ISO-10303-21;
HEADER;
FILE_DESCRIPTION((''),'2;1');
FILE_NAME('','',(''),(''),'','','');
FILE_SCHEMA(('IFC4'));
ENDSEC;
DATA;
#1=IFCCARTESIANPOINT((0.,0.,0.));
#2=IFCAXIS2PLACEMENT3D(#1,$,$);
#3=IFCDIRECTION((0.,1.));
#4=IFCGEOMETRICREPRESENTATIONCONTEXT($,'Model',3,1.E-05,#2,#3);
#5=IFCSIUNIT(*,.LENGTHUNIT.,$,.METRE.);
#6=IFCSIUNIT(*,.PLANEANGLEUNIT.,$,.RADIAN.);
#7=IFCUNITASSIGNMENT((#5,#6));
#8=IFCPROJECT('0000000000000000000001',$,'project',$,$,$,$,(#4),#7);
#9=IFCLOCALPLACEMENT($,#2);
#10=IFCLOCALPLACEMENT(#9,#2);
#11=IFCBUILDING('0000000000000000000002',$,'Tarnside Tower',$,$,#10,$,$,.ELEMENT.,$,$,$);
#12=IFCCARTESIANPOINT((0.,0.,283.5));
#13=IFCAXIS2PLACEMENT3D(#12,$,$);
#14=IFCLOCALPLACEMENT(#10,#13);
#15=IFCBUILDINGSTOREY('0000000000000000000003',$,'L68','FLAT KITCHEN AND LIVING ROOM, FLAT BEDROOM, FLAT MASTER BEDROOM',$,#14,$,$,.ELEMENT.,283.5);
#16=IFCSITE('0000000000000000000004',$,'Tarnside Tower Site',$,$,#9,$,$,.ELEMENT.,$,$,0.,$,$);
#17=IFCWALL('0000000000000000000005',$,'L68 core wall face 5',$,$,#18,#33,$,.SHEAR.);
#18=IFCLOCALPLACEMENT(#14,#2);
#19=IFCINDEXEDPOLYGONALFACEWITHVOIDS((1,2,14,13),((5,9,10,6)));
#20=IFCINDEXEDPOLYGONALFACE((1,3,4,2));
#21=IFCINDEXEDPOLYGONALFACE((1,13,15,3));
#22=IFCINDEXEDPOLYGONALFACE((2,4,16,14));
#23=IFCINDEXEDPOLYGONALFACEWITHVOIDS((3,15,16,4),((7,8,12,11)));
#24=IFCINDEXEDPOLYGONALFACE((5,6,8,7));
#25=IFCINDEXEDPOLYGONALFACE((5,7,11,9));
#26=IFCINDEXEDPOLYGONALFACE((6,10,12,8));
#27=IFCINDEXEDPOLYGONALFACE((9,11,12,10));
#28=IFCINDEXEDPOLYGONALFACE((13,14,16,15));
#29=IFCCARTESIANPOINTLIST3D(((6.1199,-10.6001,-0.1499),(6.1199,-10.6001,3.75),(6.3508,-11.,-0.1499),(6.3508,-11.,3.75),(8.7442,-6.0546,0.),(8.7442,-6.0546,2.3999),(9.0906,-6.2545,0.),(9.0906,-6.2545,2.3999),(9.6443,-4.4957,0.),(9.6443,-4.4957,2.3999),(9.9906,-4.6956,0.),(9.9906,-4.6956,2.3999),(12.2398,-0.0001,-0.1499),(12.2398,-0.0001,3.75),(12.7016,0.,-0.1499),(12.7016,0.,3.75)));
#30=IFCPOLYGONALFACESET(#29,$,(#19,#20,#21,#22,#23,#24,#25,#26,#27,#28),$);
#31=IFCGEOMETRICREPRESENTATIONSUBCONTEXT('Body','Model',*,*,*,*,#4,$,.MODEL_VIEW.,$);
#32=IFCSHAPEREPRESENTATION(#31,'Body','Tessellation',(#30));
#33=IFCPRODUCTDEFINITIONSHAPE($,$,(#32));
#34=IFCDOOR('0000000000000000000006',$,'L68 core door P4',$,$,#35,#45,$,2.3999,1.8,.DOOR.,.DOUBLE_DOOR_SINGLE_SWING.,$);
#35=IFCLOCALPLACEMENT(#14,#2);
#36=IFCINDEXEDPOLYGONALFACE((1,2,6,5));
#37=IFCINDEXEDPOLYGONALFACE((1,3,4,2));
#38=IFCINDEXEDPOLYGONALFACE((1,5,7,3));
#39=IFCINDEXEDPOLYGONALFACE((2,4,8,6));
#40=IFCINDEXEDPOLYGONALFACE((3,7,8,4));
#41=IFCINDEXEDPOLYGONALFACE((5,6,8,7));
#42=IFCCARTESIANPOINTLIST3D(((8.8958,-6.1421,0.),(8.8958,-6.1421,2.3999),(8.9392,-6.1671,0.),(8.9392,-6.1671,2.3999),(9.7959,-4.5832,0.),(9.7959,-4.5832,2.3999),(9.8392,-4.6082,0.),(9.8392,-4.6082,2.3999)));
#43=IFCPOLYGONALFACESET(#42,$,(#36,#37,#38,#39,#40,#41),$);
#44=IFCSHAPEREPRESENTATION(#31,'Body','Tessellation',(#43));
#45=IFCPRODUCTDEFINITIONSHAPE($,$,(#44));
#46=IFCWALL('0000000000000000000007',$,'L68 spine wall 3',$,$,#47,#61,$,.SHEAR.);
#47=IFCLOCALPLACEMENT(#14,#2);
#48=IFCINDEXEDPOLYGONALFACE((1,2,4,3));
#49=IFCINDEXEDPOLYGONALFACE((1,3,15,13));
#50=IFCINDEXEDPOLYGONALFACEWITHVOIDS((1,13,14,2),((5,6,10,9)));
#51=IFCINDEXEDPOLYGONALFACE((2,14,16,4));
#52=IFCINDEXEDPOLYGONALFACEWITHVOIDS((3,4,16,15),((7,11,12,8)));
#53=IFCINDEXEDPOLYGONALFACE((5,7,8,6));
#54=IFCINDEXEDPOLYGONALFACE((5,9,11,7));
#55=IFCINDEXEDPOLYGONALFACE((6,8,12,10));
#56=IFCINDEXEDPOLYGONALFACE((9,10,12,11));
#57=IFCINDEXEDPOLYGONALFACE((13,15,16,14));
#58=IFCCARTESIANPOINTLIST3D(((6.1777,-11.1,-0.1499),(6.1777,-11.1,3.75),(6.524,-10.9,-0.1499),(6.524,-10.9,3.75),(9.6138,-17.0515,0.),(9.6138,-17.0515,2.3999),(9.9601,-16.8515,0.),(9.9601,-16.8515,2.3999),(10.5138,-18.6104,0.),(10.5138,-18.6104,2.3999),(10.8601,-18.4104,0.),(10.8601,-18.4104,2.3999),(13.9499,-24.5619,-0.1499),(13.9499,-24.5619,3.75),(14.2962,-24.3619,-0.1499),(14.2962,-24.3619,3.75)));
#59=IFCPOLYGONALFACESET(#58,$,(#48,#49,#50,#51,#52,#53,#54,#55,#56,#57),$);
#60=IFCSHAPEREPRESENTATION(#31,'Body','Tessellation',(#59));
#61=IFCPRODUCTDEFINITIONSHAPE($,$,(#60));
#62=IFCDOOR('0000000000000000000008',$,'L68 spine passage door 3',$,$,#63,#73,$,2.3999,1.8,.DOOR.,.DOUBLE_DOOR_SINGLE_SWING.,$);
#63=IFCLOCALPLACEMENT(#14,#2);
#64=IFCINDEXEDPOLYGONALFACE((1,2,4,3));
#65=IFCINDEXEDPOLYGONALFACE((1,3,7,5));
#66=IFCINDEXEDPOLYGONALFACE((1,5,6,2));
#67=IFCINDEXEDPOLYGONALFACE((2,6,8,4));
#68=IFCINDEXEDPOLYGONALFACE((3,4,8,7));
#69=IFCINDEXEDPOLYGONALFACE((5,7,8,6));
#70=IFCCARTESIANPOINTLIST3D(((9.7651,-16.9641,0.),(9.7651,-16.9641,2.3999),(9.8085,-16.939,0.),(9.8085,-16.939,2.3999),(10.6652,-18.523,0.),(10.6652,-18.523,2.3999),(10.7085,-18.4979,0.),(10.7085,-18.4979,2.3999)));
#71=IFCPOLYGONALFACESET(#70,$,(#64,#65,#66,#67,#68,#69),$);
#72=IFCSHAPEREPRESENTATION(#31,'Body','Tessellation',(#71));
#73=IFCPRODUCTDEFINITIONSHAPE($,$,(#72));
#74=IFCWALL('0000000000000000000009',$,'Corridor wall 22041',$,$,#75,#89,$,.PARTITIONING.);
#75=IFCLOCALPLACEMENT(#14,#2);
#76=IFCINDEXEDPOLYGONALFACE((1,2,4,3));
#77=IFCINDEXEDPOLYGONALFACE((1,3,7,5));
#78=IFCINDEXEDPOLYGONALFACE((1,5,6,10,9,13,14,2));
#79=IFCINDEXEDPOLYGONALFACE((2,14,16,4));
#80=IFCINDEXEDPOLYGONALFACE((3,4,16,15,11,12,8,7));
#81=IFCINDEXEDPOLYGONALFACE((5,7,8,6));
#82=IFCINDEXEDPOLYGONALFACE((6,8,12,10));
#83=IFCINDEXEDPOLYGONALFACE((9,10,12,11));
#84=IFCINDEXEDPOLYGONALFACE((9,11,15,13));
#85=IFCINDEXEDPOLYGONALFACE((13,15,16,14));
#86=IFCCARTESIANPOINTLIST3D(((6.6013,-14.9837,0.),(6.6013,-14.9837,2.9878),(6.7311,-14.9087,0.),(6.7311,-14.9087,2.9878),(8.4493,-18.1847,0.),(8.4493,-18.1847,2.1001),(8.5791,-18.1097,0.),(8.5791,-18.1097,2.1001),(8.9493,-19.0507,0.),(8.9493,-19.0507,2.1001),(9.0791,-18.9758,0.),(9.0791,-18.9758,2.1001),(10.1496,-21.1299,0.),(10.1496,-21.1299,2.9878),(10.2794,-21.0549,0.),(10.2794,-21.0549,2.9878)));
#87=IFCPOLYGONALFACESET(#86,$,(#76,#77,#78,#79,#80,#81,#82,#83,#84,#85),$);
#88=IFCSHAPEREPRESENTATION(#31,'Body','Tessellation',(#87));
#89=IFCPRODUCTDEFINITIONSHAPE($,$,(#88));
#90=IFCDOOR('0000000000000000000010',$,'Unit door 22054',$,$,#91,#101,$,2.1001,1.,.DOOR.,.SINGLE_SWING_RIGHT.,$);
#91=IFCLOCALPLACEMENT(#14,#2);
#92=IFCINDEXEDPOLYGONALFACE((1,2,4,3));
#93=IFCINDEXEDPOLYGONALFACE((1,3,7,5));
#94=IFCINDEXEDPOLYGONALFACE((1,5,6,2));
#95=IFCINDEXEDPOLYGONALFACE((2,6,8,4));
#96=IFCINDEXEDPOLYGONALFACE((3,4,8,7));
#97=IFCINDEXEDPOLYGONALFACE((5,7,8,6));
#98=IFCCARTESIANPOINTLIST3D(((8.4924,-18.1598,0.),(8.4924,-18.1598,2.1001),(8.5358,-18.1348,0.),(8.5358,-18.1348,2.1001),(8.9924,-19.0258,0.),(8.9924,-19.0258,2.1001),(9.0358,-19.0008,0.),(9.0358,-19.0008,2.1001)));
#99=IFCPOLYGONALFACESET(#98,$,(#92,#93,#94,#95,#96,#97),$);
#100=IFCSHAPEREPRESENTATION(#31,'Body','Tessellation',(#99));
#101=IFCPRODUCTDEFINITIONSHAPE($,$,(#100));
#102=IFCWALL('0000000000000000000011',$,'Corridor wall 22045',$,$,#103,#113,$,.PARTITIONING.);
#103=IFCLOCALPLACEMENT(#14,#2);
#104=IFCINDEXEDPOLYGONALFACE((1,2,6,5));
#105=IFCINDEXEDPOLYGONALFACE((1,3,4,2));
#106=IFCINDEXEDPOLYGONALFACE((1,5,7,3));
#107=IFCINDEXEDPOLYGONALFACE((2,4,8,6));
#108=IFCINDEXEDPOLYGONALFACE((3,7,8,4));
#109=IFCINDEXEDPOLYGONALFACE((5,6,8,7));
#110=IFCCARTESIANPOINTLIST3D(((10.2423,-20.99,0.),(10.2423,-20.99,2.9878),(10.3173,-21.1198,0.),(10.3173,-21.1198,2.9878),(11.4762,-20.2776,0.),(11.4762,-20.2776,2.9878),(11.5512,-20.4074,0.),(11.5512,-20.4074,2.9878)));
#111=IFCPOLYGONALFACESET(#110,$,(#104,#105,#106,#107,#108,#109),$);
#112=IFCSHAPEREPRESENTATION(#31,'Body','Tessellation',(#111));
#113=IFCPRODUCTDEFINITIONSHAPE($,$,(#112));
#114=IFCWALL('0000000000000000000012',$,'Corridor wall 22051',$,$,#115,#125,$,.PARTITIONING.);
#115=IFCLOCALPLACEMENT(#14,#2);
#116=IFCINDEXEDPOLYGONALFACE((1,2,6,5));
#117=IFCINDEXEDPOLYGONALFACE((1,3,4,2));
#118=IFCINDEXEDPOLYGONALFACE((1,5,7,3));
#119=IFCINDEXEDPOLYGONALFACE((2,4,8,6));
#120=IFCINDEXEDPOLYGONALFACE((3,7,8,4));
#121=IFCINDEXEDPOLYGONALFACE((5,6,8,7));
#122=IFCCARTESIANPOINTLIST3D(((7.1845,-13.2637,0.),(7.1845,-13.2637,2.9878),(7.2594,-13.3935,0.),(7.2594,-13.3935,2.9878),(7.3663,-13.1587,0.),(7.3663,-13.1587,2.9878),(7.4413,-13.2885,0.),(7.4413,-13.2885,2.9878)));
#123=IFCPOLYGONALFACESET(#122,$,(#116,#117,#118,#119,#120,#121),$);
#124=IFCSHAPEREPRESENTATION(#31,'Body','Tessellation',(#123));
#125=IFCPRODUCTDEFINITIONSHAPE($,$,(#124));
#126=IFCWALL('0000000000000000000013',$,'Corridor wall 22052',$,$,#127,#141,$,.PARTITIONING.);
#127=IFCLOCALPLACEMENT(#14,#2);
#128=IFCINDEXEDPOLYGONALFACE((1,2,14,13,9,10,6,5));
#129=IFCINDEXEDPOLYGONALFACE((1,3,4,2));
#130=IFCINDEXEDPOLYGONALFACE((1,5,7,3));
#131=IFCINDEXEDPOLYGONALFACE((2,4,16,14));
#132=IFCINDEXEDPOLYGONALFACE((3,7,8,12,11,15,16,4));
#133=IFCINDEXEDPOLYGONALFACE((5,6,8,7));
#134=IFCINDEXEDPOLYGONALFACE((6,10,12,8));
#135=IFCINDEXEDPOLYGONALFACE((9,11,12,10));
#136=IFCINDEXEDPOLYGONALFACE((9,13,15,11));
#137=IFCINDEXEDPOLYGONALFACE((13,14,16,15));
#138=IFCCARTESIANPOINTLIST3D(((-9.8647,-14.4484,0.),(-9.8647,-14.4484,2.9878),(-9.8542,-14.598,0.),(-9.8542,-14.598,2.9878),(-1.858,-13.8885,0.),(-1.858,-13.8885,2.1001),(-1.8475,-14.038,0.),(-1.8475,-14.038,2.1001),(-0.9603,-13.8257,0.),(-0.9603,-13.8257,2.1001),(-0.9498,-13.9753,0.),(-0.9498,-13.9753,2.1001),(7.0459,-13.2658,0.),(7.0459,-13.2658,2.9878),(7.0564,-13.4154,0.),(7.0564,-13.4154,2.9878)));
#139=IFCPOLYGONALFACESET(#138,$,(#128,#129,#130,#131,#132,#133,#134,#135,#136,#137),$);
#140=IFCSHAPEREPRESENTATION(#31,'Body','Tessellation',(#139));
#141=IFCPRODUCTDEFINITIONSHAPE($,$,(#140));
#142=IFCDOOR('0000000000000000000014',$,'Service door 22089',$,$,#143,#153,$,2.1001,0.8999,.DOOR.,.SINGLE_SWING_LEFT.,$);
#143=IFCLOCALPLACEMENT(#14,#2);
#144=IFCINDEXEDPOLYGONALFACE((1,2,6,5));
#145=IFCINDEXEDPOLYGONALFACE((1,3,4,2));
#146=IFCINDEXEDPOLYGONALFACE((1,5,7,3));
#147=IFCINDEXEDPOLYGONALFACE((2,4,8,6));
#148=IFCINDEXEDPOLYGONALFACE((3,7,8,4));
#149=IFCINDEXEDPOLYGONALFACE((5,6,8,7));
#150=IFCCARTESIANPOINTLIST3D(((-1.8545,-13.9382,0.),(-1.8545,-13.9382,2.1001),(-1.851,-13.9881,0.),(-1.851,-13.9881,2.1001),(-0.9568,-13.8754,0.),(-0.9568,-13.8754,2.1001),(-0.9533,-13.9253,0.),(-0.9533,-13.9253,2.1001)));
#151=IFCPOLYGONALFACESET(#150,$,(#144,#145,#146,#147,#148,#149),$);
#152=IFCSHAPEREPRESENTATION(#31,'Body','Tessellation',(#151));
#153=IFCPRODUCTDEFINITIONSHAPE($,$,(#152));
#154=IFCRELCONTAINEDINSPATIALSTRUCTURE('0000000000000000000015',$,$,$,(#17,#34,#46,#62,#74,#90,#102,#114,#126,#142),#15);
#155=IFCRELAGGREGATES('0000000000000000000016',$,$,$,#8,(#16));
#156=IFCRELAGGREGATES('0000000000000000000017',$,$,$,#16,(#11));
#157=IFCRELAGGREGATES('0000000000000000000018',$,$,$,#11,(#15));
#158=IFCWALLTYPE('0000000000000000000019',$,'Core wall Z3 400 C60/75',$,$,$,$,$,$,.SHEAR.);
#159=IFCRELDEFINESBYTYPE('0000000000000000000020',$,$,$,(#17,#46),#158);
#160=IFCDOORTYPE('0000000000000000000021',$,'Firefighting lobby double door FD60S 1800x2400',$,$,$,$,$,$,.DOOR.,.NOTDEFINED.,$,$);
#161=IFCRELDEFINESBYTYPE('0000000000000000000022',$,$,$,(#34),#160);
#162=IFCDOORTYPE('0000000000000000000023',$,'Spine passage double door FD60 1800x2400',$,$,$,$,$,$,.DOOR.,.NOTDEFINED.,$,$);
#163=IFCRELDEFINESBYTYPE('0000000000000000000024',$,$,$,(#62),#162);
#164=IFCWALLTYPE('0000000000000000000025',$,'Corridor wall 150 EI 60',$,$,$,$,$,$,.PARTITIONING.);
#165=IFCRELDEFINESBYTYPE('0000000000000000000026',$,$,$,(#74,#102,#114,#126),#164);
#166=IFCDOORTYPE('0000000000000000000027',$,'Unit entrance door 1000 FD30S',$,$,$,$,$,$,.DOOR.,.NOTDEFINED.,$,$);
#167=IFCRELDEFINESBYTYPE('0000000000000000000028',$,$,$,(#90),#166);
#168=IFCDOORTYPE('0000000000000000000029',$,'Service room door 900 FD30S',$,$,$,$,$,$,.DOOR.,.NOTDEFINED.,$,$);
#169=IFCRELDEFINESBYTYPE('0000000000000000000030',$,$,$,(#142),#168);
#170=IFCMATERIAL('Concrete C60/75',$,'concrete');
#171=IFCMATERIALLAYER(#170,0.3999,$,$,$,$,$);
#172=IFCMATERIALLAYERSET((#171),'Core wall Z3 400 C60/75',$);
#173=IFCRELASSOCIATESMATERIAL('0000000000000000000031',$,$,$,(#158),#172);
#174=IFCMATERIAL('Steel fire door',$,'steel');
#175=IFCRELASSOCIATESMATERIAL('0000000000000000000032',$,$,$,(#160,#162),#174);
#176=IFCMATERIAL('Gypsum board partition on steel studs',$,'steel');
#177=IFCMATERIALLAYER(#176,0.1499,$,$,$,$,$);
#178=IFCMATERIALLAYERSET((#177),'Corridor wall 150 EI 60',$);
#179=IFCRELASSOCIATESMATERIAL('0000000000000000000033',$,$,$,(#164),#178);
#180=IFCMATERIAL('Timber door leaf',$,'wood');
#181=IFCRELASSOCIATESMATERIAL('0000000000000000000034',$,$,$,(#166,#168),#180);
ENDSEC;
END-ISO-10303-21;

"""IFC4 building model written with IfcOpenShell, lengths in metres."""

from ifc_helpers import new_model, si_unit, direction, frame, frame_2d, origin, place, context, subcontext, project, spatial, polyline, rectangle, outline, extrude, material, layer, layer_set, type_object, element, fill, save


model = new_model("IFC4")

# Units and contexts
model_context = context("Model", 3, precision=1e-05, world=origin(), true_north=direction((0.0, 1.0)))
body_context = subcontext(model_context, "Body", "Model", "MODEL_VIEW")
ifc_project = project(units=[si_unit("LENGTHUNIT", "METRE"), si_unit("PLANEANGLEUNIT", "RADIAN")], contexts=[model_context])

# Site, building, storey
site_placement = place(None, origin())
site = spatial("IfcSite", under=ifc_project, at=site_placement, Name="Tarnside Tower Site", CompositionType="ELEMENT", RefElevation=0.0)
building_placement = place(site_placement, origin())
building = spatial("IfcBuilding", under=site, at=building_placement, Name="Tarnside Tower", CompositionType="ELEMENT")
storey_placement = place(building_placement, frame((0.0, 0.0, 283.5)))
storey = spatial("IfcBuildingStorey", under=building, at=storey_placement, Name="L68", Description="FLAT KITCHEN AND LIVING ROOM, FLAT BEDROOM, FLAT MASTER BEDROOM", CompositionType="ELEMENT", Elevation=283.5)

# Walls, openings, doors
ifc_material_1 = material(Name="Concrete C60/75", Category="concrete")
ifc_layer_1 = layer(ifc_material_1, 0.3999)
ifc_layer_set_1 = layer_set([ifc_layer_1], Name="Core wall Z3 400 C60/75")
wall_type_1 = type_object("IfcWallType", Name="Core wall Z3 400 C60/75", PredefinedType="SHEAR", material=ifc_layer_set_1)
wall_1_placement = place(storey_placement, frame((6.2354, -10.8, -0.1499), z_axis=(0.0, 0.0, 1.0), x_axis=(0.499996, 0.866027, 0.0)))
wall_1 = element("IfcWall", 1, at=wall_1_placement, inside=storey, type_object=wall_type_1, Name="L68 core wall face 5", PredefinedType="SHEAR", context=body_context, shape_type="SweptSolid", body=[
    extrude(outline(polyline([(-0.1155, -0.2), (12.5862, -0.2), (12.3552, 0.2), (0.1155, 0.2), (-0.1155, -0.2)])), origin(), (0.0, 0.0, 1.0), 3.8999),
])
opening_1_placement = place(wall_1_placement, frame((5.3643, 0.0, 0.1499)))
opening_1 = element("IfcOpeningElement", 2, at=opening_1_placement, cuts=wall_1, PredefinedType="OPENING", context=body_context, shape_type="SweptSolid", body=[
    extrude(rectangle(XDim=1.8, YDim=2.3999, at=frame_2d((0.8999, 1.2))), frame((0.0, 0.21, 0.0), z_axis=(0.0, -1.0, 0.0), x_axis=(1.0, 0.0, 0.0)), (0.0, 0.0, 1.0), 0.4199),
])
ifc_material_2 = material(Name="Steel fire door", Category="steel")
door_type_1 = type_object("IfcDoorType", Name="Firefighting lobby double door FD60S 1800x2400", OperationType="NOTDEFINED", PredefinedType="DOOR", material=ifc_material_2)
door_1_placement = place(opening_1_placement, origin())
door_1 = element("IfcDoor", 3, at=door_1_placement, inside=storey, type_object=door_type_1, Name="L68 core door P4", OperationType="DOUBLE_DOOR_SINGLE_SWING", OverallHeight=2.3999, OverallWidth=1.8, PredefinedType="DOOR", context=body_context, shape_type="SweptSolid", body=[
    extrude(rectangle(XDim=1.8, YDim=2.3999, at=frame_2d((0.8999, 1.2))), frame((0.0, 0.0249, 0.0), z_axis=(0.0, -1.0, 0.0), x_axis=(1.0, 0.0, 0.0)), (0.0, 0.0, 1.0), 0.05),
])
fill(opening_1, door_1)
wall_2_placement = place(storey_placement, frame((6.3508, -11.0, -0.1499), z_axis=(0.0, 0.0, 1.0), x_axis=(0.499999, -0.866026, 0.0)))
wall_2 = element("IfcWall", 4, at=wall_2_placement, inside=storey, type_object=wall_type_1, Name="L68 spine wall 3", PredefinedType="SHEAR", context=body_context, shape_type="SweptSolid", body=[
    extrude(rectangle(XDim=15.5444, YDim=0.3999, at=frame_2d((7.7722, 0.0))), origin(), (0.0, 0.0, 1.0), 3.8999),
])
opening_2_placement = place(wall_2_placement, frame((6.8723, 0.0, 0.1499)))
opening_2 = element("IfcOpeningElement", 5, at=opening_2_placement, cuts=wall_2, PredefinedType="OPENING", context=body_context, shape_type="SweptSolid", body=[
    extrude(rectangle(XDim=1.8, YDim=2.3999, at=frame_2d((0.8999, 1.2))), frame((0.0, 0.21, 0.0), z_axis=(0.0, -1.0, 0.0), x_axis=(1.0, 0.0, 0.0)), (0.0, 0.0, 1.0), 0.4199),
])
door_type_2 = type_object("IfcDoorType", Name="Spine passage double door FD60 1800x2400", OperationType="NOTDEFINED", PredefinedType="DOOR", material=ifc_material_2)
door_2_placement = place(opening_2_placement, origin())
door_2 = element("IfcDoor", 6, at=door_2_placement, inside=storey, type_object=door_type_2, Name="L68 spine passage door 3", OperationType="DOUBLE_DOOR_SINGLE_SWING", OverallHeight=2.3999, OverallWidth=1.8, PredefinedType="DOOR", context=body_context, shape_type="SweptSolid", body=[
    extrude(rectangle(XDim=1.8, YDim=2.3999, at=frame_2d((0.8999, 1.2))), frame((0.0, 0.0249, 0.0), z_axis=(0.0, -1.0, 0.0), x_axis=(1.0, 0.0, 0.0)), (0.0, 0.0, 1.0), 0.05),
])
fill(opening_2, door_2)
ifc_material_3 = material(Name="Gypsum board partition on steel studs", Category="steel")
ifc_layer_2 = layer(ifc_material_3, 0.1499)
ifc_layer_set_2 = layer_set([ifc_layer_2], Name="Corridor wall 150 EI 60")
wall_type_2 = type_object("IfcWallType", Name="Corridor wall 150 EI 60", PredefinedType="PARTITIONING", material=ifc_layer_set_2)
wall_3_placement = place(storey_placement, frame((6.6663, -14.9463, 0.0), z_axis=(0.0, 0.0, 1.0), x_axis=(0.49998, -0.866037, 0.0)))
wall_3 = element("IfcWall", 7, at=wall_3_placement, inside=storey, type_object=wall_type_2, Name="Corridor wall 22041", PredefinedType="PARTITIONING", context=body_context, shape_type="SweptSolid", body=[
    extrude(rectangle(XDim=7.0969, YDim=0.1499, at=frame_2d((3.5483, 0.0))), origin(), (0.0, 0.0, 1.0), 2.9878),
])
opening_3_placement = place(wall_3_placement, frame((3.696, 0.0, 0.0)))
opening_3 = element("IfcOpeningElement", 8, at=opening_3_placement, cuts=wall_3, PredefinedType="OPENING", context=body_context, shape_type="SweptSolid", body=[
    extrude(rectangle(XDim=1.0, YDim=2.1001, at=frame_2d((0.5, 1.05))), frame((0.0, 0.085, 0.0), z_axis=(0.0, -1.0, 0.0), x_axis=(1.0, 0.0, 0.0)), (0.0, 0.0, 1.0), 0.1699),
])
ifc_material_4 = material(Name="Timber door leaf", Category="wood")
door_type_3 = type_object("IfcDoorType", Name="Unit entrance door 1000 FD30S", OperationType="NOTDEFINED", PredefinedType="DOOR", material=ifc_material_4)
door_3_placement = place(opening_3_placement, origin())
door_3 = element("IfcDoor", 9, at=door_3_placement, inside=storey, type_object=door_type_3, Name="Unit door 22054", OperationType="SINGLE_SWING_RIGHT", OverallHeight=2.1001, OverallWidth=1.0, PredefinedType="DOOR", context=body_context, shape_type="SweptSolid", body=[
    extrude(rectangle(XDim=1.0, YDim=2.1001, at=frame_2d((0.5, 1.05))), frame((0.0, 0.0249, 0.0), z_axis=(0.0, -1.0, 0.0), x_axis=(1.0, 0.0, 0.0)), (0.0, 0.0, 1.0), 0.05),
])
fill(opening_3, door_3)

# Walls
wall_4_placement = place(storey_placement, frame((10.2798, -21.0549, 0.0), z_axis=(0.0, 0.0, 1.0), x_axis=(0.86602, 0.500009, 0.0)))
element("IfcWall", 10, at=wall_4_placement, inside=storey, type_object=wall_type_2, Name="Corridor wall 22045", PredefinedType="PARTITIONING", context=body_context, shape_type="SweptSolid", body=[
    extrude(rectangle(XDim=1.4248, YDim=0.1499, at=frame_2d((0.7124, 0.0))), origin(), (0.0, 0.0, 1.0), 2.9878),
])
wall_5_placement = place(storey_placement, frame((7.4038, -13.2236, 0.0), z_axis=(0.0, 0.0, 1.0), x_axis=(-0.866089, -0.49989, 0.0)))
element("IfcWall", 11, at=wall_5_placement, inside=storey, type_object=wall_type_2, Name="Corridor wall 22051", PredefinedType="PARTITIONING", context=body_context, shape_type="SweptSolid", body=[
    extrude(rectangle(XDim=0.21, YDim=0.1499, at=frame_2d((0.105, 0.0))), origin(), (0.0, 0.0, 1.0), 2.9878),
])

# Wall, opening, door
wall_6_placement = place(storey_placement, frame((7.0513, -13.3406, 0.0), z_axis=(0.0, 0.0, 1.0), x_axis=(-0.997564, -0.069763, 0.0)))
wall_6 = element("IfcWall", 12, at=wall_6_placement, inside=storey, type_object=wall_type_2, Name="Corridor wall 22052", PredefinedType="PARTITIONING", context=body_context, shape_type="SweptSolid", body=[
    extrude(rectangle(XDim=16.9519, YDim=0.1499, at=frame_2d((8.4761, 0.0))), origin(), (0.0, 0.0, 1.0), 2.9878),
])
opening_4_placement = place(wall_6_placement, frame((8.0259, 0.0, 0.0)))
opening_4 = element("IfcOpeningElement", 13, at=opening_4_placement, cuts=wall_6, PredefinedType="OPENING", context=body_context, shape_type="SweptSolid", body=[
    extrude(rectangle(XDim=0.8999, YDim=2.1001, at=frame_2d((0.45, 1.05))), frame((0.0, 0.085, 0.0), z_axis=(0.0, -1.0, 0.0), x_axis=(1.0, 0.0, 0.0)), (0.0, 0.0, 1.0), 0.1699),
])
door_type_4 = type_object("IfcDoorType", Name="Service room door 900 FD30S", OperationType="NOTDEFINED", PredefinedType="DOOR", material=ifc_material_4)
door_4_placement = place(opening_4_placement, origin())
door_4 = element("IfcDoor", 14, at=door_4_placement, inside=storey, type_object=door_type_4, Name="Service door 22089", OperationType="SINGLE_SWING_LEFT", OverallHeight=2.1001, OverallWidth=0.8999, PredefinedType="DOOR", context=body_context, shape_type="SweptSolid", body=[
    extrude(rectangle(XDim=0.8999, YDim=2.1001, at=frame_2d((0.45, 1.05))), frame((0.0, 0.0249, 0.0), z_axis=(0.0, -1.0, 0.0), x_axis=(1.0, 0.0, 0.0)), (0.0, 0.0, 1.0), 0.05),
])
fill(opening_4, door_4)

save(model, "model.ifc")
